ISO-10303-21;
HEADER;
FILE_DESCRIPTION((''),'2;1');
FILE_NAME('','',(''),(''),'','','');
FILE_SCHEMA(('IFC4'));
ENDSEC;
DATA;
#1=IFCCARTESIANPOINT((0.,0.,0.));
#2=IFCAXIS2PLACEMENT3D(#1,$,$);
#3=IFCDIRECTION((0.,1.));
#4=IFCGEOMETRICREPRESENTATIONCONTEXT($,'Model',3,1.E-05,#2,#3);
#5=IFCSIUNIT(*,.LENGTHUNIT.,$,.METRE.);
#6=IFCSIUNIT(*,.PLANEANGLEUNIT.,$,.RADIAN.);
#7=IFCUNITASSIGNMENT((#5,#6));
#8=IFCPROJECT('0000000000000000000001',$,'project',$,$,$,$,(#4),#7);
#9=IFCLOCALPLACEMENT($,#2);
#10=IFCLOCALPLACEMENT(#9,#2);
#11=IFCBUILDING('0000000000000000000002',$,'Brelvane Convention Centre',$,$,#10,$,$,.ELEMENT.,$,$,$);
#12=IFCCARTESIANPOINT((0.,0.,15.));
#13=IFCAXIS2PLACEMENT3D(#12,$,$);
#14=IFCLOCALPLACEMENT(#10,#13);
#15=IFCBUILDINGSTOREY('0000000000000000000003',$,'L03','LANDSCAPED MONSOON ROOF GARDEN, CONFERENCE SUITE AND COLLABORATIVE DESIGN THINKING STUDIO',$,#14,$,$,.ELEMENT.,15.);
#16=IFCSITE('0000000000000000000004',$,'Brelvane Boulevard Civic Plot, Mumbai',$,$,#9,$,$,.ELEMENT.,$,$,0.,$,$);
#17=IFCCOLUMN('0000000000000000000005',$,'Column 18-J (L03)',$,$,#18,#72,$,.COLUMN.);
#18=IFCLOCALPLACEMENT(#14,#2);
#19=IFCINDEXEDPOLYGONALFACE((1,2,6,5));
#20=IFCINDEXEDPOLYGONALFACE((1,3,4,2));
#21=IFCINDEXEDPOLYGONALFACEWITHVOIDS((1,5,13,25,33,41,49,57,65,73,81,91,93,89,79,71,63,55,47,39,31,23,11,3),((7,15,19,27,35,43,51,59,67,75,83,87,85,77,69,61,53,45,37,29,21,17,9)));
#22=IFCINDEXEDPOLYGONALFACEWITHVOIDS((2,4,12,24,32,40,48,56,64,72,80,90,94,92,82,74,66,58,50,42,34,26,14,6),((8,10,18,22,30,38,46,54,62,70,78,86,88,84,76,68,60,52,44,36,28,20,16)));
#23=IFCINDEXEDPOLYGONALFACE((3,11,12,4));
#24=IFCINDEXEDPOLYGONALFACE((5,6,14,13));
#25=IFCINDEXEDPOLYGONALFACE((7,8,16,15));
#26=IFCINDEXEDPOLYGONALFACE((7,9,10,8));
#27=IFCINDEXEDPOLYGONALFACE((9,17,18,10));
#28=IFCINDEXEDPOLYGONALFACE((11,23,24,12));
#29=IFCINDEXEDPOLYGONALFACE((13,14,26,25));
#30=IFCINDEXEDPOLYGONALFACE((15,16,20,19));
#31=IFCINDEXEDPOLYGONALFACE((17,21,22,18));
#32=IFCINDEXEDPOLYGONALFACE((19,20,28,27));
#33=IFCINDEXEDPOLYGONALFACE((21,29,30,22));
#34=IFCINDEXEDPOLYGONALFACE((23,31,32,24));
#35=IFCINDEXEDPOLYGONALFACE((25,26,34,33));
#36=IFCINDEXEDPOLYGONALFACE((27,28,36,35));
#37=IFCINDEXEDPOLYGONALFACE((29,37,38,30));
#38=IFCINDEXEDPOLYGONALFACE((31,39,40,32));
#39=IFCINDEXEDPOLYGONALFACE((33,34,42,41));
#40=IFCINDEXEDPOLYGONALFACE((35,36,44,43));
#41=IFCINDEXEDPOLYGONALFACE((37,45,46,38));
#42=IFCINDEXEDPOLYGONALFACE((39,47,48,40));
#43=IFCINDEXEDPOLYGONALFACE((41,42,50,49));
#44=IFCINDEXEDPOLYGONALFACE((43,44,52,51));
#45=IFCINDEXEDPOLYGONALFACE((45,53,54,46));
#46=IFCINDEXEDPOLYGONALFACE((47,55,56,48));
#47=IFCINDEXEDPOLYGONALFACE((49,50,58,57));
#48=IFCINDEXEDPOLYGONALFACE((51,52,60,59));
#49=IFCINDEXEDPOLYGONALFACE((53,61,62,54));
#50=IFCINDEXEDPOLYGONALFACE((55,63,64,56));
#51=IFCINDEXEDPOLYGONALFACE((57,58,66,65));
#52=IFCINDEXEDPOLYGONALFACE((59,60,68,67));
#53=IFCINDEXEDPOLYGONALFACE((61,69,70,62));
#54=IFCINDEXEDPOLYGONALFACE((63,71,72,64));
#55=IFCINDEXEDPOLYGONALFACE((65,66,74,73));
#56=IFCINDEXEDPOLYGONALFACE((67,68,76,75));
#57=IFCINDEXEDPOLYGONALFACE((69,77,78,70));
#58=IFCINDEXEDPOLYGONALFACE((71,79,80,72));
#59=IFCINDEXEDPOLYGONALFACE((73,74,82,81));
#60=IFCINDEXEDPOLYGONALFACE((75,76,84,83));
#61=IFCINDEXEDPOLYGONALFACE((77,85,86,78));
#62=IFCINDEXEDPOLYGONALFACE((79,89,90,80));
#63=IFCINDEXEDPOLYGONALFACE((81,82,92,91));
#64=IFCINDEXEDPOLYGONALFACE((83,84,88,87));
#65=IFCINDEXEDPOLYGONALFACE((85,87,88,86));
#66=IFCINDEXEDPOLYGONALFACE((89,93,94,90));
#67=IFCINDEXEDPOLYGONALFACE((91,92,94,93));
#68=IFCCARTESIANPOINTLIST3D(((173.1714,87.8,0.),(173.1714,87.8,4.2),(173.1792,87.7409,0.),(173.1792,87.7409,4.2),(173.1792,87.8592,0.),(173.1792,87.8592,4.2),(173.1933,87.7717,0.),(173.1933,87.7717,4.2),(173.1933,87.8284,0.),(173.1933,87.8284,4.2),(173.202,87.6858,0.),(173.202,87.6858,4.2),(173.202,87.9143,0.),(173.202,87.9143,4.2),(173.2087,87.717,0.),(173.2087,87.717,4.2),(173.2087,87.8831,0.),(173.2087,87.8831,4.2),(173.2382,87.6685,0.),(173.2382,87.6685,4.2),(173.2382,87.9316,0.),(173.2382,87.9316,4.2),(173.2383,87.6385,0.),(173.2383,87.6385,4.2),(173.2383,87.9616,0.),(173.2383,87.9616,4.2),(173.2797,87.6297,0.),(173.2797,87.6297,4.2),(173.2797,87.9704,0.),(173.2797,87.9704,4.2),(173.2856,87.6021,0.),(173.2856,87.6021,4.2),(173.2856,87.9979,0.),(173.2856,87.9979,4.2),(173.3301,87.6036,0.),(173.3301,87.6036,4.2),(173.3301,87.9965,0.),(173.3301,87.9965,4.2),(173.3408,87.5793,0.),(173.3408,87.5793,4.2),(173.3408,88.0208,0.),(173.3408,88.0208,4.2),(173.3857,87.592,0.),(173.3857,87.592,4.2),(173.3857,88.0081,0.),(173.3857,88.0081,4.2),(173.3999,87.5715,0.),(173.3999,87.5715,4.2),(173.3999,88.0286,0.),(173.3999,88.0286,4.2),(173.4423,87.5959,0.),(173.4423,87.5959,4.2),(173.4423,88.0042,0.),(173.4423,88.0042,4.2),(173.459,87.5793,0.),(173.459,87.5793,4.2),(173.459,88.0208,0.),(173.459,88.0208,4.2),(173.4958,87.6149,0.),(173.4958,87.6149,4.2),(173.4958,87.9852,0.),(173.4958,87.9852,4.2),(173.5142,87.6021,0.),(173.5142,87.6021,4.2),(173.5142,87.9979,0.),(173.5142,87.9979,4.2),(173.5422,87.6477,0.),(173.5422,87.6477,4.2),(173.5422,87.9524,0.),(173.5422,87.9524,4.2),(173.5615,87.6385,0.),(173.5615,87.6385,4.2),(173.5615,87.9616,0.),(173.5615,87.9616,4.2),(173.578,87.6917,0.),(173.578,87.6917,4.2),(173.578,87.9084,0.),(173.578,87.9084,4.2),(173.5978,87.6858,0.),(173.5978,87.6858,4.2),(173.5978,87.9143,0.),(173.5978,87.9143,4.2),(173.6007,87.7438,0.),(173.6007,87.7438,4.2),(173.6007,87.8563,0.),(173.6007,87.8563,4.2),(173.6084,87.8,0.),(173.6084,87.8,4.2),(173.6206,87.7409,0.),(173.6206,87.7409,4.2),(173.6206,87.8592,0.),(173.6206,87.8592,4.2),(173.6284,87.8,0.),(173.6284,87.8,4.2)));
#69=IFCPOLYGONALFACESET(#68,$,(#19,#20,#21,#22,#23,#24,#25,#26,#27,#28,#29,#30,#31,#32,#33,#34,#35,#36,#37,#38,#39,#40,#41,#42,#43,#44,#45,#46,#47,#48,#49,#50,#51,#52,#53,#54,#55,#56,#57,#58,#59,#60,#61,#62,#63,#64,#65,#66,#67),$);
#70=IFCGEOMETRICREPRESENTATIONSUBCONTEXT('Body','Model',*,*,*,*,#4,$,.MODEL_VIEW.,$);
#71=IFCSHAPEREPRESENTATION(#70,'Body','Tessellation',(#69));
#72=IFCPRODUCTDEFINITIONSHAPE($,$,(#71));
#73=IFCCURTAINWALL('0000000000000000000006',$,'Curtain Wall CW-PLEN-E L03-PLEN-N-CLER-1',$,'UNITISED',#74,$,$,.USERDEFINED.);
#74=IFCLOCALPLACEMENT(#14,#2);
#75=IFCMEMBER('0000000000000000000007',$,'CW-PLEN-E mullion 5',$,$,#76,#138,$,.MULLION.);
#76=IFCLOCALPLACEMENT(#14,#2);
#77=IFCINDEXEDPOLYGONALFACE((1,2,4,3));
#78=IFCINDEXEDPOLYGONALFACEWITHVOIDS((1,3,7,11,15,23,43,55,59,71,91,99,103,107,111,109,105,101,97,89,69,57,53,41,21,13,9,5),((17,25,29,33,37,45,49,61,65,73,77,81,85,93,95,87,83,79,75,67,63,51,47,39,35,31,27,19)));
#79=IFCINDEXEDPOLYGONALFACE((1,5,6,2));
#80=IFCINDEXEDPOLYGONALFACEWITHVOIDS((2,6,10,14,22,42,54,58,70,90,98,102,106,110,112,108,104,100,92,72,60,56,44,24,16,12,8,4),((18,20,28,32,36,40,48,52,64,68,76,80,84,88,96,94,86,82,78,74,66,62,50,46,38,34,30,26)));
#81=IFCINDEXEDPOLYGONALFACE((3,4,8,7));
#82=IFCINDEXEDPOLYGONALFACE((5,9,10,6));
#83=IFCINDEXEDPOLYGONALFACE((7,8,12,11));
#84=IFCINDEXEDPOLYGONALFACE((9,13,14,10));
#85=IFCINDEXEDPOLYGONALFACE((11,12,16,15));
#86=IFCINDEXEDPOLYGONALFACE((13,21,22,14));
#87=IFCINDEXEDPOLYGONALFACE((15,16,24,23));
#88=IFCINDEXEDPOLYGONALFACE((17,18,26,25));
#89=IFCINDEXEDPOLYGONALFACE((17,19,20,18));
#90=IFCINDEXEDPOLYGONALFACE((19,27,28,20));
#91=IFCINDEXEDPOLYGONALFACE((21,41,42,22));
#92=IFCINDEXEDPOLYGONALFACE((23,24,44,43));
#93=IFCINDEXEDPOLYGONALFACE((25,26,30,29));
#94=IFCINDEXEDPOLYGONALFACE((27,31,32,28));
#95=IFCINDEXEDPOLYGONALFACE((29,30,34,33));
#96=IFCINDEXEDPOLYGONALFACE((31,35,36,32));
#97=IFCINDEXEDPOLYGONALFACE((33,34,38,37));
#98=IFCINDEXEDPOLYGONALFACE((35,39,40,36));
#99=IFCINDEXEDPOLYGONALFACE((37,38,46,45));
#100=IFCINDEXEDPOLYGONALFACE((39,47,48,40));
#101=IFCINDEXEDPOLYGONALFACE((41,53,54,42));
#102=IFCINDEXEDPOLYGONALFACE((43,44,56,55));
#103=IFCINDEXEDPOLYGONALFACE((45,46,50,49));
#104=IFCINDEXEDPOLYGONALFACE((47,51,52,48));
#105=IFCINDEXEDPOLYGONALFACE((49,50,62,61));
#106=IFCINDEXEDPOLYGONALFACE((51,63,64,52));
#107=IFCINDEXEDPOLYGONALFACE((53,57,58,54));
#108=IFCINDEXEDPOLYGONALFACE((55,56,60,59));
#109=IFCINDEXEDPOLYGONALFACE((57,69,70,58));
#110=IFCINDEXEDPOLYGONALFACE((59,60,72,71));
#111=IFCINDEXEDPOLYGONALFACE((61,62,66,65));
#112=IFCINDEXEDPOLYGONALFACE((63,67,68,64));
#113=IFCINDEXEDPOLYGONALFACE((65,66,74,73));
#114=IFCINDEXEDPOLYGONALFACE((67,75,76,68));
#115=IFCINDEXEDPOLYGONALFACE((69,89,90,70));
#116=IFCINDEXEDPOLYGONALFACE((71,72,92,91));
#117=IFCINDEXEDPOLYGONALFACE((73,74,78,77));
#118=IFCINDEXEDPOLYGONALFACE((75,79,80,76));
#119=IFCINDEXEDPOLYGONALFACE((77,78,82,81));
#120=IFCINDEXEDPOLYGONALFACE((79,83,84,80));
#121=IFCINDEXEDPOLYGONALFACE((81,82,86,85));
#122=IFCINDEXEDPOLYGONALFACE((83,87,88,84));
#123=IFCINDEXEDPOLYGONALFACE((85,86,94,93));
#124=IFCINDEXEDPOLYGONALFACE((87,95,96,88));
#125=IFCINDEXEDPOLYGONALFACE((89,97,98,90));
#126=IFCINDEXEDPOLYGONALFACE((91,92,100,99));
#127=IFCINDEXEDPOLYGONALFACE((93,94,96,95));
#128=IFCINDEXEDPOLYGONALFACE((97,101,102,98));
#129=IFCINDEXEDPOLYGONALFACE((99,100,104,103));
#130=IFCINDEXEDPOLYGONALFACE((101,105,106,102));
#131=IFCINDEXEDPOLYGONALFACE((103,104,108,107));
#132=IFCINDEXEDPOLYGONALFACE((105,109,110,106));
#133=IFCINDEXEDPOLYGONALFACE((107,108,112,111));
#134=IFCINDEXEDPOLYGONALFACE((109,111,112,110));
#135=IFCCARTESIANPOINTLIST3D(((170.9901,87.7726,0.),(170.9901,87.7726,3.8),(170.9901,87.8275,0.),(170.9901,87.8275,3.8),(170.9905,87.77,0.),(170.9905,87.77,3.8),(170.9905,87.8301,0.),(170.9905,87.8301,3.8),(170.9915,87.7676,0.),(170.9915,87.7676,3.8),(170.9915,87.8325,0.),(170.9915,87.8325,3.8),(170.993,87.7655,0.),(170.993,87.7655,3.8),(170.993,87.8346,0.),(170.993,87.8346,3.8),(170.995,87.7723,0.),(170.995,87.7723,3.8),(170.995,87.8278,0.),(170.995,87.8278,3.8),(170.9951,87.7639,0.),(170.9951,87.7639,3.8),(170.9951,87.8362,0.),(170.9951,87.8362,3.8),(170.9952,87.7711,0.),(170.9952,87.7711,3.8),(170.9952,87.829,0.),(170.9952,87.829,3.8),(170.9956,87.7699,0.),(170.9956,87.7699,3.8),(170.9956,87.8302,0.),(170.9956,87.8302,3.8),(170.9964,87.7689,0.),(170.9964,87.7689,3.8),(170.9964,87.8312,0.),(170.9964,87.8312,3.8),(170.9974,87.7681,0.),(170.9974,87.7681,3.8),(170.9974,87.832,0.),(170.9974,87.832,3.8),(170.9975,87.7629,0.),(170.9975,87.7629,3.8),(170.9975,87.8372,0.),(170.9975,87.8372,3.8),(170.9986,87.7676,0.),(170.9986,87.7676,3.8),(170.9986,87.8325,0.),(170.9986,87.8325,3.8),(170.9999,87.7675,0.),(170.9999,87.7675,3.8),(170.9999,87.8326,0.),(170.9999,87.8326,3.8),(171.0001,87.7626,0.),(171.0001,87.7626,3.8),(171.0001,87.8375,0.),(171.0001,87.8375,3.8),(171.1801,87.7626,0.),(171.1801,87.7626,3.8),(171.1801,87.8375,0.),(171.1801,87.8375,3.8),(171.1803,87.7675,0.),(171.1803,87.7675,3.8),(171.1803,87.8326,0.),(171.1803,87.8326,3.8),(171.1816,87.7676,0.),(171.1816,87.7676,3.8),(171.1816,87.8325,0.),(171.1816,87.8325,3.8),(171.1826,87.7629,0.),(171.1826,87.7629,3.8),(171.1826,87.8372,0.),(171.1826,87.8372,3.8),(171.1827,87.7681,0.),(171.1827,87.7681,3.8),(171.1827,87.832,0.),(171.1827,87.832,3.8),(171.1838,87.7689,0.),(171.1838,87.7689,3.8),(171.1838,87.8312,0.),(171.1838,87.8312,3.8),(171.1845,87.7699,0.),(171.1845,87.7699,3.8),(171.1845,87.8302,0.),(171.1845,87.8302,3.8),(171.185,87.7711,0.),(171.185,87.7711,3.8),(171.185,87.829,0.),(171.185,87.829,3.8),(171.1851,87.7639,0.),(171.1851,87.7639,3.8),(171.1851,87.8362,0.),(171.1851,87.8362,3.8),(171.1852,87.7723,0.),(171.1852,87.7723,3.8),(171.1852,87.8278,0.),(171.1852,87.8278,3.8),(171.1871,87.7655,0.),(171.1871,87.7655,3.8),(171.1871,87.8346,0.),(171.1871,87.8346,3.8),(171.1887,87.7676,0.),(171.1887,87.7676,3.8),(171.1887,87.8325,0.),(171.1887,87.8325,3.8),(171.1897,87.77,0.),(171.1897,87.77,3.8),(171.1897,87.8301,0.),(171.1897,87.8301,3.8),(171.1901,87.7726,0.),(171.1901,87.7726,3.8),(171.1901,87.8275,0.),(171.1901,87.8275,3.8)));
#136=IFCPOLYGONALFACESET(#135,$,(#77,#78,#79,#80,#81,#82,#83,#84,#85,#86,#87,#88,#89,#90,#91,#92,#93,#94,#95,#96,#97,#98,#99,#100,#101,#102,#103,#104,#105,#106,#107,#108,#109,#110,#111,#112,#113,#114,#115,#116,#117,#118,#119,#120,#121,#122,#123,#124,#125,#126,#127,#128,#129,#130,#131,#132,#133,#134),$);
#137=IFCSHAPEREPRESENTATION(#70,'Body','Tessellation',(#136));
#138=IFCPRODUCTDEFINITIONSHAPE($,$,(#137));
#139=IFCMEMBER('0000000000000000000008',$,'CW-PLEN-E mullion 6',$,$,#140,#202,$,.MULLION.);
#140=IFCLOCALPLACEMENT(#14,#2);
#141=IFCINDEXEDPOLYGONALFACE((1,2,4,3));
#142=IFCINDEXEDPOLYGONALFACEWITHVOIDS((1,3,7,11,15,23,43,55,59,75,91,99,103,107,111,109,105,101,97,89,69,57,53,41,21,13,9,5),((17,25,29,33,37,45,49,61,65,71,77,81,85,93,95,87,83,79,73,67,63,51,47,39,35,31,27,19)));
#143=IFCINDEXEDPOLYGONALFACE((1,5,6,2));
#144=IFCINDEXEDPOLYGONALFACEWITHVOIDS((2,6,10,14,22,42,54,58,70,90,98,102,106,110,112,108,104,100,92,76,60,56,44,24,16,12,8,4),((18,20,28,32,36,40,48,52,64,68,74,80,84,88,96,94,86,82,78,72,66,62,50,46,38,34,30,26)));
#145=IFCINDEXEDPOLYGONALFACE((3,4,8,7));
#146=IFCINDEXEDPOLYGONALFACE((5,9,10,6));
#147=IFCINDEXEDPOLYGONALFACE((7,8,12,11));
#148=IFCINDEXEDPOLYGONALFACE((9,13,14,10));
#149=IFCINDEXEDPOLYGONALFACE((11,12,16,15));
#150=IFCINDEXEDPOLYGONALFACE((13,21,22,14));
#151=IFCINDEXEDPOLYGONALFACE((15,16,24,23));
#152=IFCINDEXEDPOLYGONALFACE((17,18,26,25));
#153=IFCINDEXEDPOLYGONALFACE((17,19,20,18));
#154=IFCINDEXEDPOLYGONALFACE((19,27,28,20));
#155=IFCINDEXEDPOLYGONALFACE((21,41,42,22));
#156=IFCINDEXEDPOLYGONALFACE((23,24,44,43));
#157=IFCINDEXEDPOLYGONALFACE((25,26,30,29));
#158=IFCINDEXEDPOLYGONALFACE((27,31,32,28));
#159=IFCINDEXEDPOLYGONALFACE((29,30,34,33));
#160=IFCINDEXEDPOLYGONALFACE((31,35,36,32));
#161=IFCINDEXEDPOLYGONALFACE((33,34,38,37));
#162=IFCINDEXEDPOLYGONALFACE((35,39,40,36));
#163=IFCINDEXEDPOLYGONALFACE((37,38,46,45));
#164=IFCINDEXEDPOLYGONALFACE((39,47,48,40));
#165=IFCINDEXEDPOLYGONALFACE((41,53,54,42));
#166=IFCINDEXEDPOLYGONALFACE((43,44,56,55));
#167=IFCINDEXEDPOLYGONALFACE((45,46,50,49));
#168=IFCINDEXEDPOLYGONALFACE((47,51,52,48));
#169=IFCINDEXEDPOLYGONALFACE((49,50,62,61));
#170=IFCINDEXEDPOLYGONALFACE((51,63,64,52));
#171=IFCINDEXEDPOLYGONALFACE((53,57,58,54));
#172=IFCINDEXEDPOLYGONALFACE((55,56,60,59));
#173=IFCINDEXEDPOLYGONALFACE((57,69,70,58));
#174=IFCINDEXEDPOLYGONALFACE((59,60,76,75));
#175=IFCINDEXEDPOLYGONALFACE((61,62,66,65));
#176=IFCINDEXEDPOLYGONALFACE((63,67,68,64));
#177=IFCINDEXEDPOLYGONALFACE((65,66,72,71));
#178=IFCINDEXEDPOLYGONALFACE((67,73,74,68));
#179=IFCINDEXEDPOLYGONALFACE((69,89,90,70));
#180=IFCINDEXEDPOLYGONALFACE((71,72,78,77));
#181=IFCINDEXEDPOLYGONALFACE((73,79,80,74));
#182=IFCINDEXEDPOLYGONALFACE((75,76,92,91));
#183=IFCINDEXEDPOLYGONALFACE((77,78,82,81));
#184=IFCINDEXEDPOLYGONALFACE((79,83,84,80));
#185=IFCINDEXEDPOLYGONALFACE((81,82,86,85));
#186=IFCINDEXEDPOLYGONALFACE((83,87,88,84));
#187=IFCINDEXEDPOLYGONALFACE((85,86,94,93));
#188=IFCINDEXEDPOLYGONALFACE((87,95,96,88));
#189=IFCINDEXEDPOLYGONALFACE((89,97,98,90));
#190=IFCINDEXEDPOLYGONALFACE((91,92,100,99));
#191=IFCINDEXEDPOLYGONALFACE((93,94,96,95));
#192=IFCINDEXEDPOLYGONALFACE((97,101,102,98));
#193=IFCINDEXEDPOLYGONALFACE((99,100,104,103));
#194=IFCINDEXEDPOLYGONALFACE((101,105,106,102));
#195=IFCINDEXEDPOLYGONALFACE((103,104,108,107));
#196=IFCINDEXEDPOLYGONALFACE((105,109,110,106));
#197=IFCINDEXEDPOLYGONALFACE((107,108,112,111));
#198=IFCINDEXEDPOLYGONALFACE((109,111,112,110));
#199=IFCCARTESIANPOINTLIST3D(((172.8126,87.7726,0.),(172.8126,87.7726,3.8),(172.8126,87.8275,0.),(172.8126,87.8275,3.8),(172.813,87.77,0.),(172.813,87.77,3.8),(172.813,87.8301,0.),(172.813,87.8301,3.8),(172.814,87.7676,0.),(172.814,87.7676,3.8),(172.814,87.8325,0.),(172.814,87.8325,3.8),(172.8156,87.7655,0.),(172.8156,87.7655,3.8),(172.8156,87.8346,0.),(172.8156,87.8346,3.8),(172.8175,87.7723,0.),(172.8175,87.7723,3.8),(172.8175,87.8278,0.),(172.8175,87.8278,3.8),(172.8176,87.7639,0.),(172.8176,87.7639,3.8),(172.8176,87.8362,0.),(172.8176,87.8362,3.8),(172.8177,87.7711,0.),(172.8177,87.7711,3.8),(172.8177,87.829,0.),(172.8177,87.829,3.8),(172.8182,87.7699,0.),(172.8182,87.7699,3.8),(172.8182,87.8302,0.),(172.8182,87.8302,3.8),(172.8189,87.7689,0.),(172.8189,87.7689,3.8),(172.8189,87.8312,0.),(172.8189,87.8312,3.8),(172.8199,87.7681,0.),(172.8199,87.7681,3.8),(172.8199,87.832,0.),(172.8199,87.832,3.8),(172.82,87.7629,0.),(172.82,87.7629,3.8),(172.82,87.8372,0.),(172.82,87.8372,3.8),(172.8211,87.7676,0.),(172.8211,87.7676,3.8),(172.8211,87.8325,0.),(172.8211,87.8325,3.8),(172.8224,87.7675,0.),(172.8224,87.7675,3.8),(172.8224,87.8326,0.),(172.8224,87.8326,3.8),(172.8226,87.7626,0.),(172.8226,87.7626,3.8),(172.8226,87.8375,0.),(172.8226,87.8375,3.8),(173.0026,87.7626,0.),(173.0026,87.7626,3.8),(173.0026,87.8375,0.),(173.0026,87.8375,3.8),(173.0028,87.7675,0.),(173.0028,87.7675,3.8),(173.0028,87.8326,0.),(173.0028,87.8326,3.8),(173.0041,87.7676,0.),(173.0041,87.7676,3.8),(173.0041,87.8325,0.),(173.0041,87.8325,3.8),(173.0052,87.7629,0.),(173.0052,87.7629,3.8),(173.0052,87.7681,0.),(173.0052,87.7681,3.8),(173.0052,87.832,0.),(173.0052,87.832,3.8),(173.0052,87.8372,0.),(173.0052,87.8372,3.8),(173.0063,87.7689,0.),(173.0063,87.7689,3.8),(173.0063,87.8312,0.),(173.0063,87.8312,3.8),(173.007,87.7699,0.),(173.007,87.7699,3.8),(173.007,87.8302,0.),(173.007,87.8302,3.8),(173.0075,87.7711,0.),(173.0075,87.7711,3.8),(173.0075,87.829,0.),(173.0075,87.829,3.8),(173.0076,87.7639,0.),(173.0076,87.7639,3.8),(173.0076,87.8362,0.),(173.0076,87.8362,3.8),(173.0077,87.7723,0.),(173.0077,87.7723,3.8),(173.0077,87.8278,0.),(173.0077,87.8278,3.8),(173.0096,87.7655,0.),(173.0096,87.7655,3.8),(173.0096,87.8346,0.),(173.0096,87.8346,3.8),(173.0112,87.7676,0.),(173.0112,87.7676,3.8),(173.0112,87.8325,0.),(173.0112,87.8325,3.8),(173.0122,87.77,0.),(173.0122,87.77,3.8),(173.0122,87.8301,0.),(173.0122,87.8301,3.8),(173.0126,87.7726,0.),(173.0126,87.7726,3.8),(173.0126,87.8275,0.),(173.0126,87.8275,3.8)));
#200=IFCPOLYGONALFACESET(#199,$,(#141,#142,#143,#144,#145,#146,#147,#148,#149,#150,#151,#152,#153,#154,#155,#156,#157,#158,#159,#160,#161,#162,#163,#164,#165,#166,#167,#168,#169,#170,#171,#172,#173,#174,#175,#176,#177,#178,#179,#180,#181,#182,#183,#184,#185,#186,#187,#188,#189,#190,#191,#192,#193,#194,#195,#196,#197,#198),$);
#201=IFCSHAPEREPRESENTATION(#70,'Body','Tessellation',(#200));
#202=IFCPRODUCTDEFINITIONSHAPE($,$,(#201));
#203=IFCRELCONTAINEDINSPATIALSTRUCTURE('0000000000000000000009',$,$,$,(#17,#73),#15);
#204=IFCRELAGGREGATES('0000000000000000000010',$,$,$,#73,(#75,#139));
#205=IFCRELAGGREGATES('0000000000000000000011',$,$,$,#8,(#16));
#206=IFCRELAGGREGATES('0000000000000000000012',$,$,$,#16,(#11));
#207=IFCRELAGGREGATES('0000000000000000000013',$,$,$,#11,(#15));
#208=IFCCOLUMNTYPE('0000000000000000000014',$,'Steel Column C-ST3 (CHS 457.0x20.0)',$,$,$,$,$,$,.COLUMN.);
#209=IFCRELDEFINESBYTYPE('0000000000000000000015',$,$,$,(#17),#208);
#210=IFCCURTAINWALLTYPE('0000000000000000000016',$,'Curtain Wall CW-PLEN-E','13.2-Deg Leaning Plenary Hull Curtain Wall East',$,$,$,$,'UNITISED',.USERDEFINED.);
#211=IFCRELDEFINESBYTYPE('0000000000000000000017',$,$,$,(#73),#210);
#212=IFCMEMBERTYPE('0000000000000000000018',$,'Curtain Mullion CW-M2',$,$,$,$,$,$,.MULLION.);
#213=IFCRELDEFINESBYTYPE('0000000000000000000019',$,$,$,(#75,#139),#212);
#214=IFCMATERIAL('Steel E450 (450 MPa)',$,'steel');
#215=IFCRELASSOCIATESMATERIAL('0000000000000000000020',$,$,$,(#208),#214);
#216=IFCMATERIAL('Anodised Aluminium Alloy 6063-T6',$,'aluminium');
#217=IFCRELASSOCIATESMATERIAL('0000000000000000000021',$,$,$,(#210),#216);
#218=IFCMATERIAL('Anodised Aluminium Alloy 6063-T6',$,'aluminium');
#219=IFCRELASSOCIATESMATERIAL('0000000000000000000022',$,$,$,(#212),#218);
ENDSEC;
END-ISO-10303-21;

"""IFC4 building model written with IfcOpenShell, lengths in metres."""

from ifc_helpers import new_model, si_unit, direction, frame, origin, origin_2d, place, context, subcontext, project, spatial, hollow_rectangle, hollow_circle, extrude, material, material_profile, profile_set, type_object, element, aggregate, save


model = new_model("IFC4")

# Units and contexts
model_context = context("Model", 3, precision=1e-05, world=origin(), true_north=direction((0.0, 1.0)))
body_context = subcontext(model_context, "Body", "Model", "MODEL_VIEW")
ifc_project = project(units=[si_unit("LENGTHUNIT", "METRE"), si_unit("PLANEANGLEUNIT", "RADIAN")], contexts=[model_context])

# Site, building, storey
site_placement = place(None, origin())
site = spatial("IfcSite", under=ifc_project, at=site_placement, Name="Brelvane Boulevard Civic Plot, Mumbai", CompositionType="ELEMENT", RefElevation=0.0)
building_placement = place(site_placement, origin())
building = spatial("IfcBuilding", under=site, at=building_placement, Name="Brelvane Convention Centre", CompositionType="ELEMENT")
storey_placement = place(building_placement, frame((0.0, 0.0, 15.0)))
storey = spatial("IfcBuildingStorey", under=building, at=storey_placement, Name="L03", Description="LANDSCAPED MONSOON ROOF GARDEN, CONFERENCE SUITE AND COLLABORATIVE DESIGN THINKING STUDIO", CompositionType="ELEMENT", Elevation=15.0)

# Column
ifc_material_1 = material(Name="Steel E450 (450 MPa)", Category="steel")
ifc_material_profile_1 = material_profile(ifc_material_1, hollow_circle(Radius=0.2285, WallThickness=0.02, at=origin_2d()), Name="CHS 457.0x20.0")
ifc_profile_set_1 = profile_set([ifc_material_profile_1], Name="Steel E450 (450 MPa)")
column_type = type_object("IfcColumnType", Name="Steel Column C-ST3 (CHS 457.0x20.0)", PredefinedType="COLUMN", material=ifc_profile_set_1)
column_placement = place(storey_placement, frame((173.3999, 87.8, 0.0), z_axis=(0.0, 0.0, 1.0), x_axis=(1.0, 0.0, 0.0)))
element("IfcColumn", 1, at=column_placement, inside=storey, type_object=column_type, Name="Column 18-J (L03)", PredefinedType="COLUMN", context=body_context, shape_type="SweptSolid", body=[
    extrude(hollow_circle(Radius=0.2285, WallThickness=0.02, at=origin_2d()), origin(), (0.0, 0.0, 1.0), 4.2),
])

# Curtain wall, members
ifc_material_2 = material(Name="Anodised Aluminium Alloy 6063-T6", Category="aluminium")
curtain_wall_type = type_object("IfcCurtainWallType", Name="Curtain Wall CW-PLEN-E", Description="13.2-Deg Leaning Plenary Hull Curtain Wall East", ElementType="UNITISED", PredefinedType="USERDEFINED", material=ifc_material_2)
curtain_wall_1_placement = place(storey_placement, origin())
curtain_wall_1 = element("IfcCurtainWall", 2, at=curtain_wall_1_placement, inside=storey, type_object=curtain_wall_type, Name="Curtain Wall CW-PLEN-E L03-PLEN-N-CLER-1", ObjectType="UNITISED", PredefinedType="USERDEFINED")
ifc_material_3 = material(Name="Anodised Aluminium Alloy 6063-T6", Category="aluminium")
ifc_material_profile_2 = material_profile(ifc_material_3, hollow_rectangle(XDim=0.075, YDim=0.2, WallThickness=0.0049, InnerFilletRadius=0.0049, OuterFilletRadius=0.01, at=origin_2d()), Name="ALU-M 200x75x5.0")
ifc_profile_set_2 = profile_set([ifc_material_profile_2], Name="Anodised Aluminium Alloy 6063-T6")
member_type_1 = type_object("IfcMemberType", Name="Curtain Mullion CW-M2", PredefinedType="MULLION", material=ifc_profile_set_2)
member_1_placement = place(storey_placement, frame((171.0901, 87.8, 0.0), z_axis=(0.0, 0.0, 1.0), x_axis=(0.0, 1.0, 0.0)))
member_1 = element("IfcMember", 3, at=member_1_placement, type_object=member_type_1, Name="CW-PLEN-E mullion 5", PredefinedType="MULLION", context=body_context, shape_type="SweptSolid", body=[
    extrude(hollow_rectangle(XDim=0.075, YDim=0.2, WallThickness=0.0049, InnerFilletRadius=0.0049, OuterFilletRadius=0.01, at=origin_2d()), origin(), (0.0, 0.0, 1.0), 3.8),
])
member_2_placement = place(storey_placement, frame((172.9126, 87.8, 0.0), z_axis=(0.0, 0.0, 1.0), x_axis=(0.0, 1.0, 0.0)))
member_2 = element("IfcMember", 4, at=member_2_placement, type_object=member_type_1, Name="CW-PLEN-E mullion 6", PredefinedType="MULLION", context=body_context, shape_type="SweptSolid", body=[
    extrude(hollow_rectangle(XDim=0.075, YDim=0.2, WallThickness=0.0049, InnerFilletRadius=0.0049, OuterFilletRadius=0.01, at=origin_2d()), origin(), (0.0, 0.0, 1.0), 3.8),
])

aggregate(curtain_wall_1, [member_1, member_2])

save(model, "model.ifc")
